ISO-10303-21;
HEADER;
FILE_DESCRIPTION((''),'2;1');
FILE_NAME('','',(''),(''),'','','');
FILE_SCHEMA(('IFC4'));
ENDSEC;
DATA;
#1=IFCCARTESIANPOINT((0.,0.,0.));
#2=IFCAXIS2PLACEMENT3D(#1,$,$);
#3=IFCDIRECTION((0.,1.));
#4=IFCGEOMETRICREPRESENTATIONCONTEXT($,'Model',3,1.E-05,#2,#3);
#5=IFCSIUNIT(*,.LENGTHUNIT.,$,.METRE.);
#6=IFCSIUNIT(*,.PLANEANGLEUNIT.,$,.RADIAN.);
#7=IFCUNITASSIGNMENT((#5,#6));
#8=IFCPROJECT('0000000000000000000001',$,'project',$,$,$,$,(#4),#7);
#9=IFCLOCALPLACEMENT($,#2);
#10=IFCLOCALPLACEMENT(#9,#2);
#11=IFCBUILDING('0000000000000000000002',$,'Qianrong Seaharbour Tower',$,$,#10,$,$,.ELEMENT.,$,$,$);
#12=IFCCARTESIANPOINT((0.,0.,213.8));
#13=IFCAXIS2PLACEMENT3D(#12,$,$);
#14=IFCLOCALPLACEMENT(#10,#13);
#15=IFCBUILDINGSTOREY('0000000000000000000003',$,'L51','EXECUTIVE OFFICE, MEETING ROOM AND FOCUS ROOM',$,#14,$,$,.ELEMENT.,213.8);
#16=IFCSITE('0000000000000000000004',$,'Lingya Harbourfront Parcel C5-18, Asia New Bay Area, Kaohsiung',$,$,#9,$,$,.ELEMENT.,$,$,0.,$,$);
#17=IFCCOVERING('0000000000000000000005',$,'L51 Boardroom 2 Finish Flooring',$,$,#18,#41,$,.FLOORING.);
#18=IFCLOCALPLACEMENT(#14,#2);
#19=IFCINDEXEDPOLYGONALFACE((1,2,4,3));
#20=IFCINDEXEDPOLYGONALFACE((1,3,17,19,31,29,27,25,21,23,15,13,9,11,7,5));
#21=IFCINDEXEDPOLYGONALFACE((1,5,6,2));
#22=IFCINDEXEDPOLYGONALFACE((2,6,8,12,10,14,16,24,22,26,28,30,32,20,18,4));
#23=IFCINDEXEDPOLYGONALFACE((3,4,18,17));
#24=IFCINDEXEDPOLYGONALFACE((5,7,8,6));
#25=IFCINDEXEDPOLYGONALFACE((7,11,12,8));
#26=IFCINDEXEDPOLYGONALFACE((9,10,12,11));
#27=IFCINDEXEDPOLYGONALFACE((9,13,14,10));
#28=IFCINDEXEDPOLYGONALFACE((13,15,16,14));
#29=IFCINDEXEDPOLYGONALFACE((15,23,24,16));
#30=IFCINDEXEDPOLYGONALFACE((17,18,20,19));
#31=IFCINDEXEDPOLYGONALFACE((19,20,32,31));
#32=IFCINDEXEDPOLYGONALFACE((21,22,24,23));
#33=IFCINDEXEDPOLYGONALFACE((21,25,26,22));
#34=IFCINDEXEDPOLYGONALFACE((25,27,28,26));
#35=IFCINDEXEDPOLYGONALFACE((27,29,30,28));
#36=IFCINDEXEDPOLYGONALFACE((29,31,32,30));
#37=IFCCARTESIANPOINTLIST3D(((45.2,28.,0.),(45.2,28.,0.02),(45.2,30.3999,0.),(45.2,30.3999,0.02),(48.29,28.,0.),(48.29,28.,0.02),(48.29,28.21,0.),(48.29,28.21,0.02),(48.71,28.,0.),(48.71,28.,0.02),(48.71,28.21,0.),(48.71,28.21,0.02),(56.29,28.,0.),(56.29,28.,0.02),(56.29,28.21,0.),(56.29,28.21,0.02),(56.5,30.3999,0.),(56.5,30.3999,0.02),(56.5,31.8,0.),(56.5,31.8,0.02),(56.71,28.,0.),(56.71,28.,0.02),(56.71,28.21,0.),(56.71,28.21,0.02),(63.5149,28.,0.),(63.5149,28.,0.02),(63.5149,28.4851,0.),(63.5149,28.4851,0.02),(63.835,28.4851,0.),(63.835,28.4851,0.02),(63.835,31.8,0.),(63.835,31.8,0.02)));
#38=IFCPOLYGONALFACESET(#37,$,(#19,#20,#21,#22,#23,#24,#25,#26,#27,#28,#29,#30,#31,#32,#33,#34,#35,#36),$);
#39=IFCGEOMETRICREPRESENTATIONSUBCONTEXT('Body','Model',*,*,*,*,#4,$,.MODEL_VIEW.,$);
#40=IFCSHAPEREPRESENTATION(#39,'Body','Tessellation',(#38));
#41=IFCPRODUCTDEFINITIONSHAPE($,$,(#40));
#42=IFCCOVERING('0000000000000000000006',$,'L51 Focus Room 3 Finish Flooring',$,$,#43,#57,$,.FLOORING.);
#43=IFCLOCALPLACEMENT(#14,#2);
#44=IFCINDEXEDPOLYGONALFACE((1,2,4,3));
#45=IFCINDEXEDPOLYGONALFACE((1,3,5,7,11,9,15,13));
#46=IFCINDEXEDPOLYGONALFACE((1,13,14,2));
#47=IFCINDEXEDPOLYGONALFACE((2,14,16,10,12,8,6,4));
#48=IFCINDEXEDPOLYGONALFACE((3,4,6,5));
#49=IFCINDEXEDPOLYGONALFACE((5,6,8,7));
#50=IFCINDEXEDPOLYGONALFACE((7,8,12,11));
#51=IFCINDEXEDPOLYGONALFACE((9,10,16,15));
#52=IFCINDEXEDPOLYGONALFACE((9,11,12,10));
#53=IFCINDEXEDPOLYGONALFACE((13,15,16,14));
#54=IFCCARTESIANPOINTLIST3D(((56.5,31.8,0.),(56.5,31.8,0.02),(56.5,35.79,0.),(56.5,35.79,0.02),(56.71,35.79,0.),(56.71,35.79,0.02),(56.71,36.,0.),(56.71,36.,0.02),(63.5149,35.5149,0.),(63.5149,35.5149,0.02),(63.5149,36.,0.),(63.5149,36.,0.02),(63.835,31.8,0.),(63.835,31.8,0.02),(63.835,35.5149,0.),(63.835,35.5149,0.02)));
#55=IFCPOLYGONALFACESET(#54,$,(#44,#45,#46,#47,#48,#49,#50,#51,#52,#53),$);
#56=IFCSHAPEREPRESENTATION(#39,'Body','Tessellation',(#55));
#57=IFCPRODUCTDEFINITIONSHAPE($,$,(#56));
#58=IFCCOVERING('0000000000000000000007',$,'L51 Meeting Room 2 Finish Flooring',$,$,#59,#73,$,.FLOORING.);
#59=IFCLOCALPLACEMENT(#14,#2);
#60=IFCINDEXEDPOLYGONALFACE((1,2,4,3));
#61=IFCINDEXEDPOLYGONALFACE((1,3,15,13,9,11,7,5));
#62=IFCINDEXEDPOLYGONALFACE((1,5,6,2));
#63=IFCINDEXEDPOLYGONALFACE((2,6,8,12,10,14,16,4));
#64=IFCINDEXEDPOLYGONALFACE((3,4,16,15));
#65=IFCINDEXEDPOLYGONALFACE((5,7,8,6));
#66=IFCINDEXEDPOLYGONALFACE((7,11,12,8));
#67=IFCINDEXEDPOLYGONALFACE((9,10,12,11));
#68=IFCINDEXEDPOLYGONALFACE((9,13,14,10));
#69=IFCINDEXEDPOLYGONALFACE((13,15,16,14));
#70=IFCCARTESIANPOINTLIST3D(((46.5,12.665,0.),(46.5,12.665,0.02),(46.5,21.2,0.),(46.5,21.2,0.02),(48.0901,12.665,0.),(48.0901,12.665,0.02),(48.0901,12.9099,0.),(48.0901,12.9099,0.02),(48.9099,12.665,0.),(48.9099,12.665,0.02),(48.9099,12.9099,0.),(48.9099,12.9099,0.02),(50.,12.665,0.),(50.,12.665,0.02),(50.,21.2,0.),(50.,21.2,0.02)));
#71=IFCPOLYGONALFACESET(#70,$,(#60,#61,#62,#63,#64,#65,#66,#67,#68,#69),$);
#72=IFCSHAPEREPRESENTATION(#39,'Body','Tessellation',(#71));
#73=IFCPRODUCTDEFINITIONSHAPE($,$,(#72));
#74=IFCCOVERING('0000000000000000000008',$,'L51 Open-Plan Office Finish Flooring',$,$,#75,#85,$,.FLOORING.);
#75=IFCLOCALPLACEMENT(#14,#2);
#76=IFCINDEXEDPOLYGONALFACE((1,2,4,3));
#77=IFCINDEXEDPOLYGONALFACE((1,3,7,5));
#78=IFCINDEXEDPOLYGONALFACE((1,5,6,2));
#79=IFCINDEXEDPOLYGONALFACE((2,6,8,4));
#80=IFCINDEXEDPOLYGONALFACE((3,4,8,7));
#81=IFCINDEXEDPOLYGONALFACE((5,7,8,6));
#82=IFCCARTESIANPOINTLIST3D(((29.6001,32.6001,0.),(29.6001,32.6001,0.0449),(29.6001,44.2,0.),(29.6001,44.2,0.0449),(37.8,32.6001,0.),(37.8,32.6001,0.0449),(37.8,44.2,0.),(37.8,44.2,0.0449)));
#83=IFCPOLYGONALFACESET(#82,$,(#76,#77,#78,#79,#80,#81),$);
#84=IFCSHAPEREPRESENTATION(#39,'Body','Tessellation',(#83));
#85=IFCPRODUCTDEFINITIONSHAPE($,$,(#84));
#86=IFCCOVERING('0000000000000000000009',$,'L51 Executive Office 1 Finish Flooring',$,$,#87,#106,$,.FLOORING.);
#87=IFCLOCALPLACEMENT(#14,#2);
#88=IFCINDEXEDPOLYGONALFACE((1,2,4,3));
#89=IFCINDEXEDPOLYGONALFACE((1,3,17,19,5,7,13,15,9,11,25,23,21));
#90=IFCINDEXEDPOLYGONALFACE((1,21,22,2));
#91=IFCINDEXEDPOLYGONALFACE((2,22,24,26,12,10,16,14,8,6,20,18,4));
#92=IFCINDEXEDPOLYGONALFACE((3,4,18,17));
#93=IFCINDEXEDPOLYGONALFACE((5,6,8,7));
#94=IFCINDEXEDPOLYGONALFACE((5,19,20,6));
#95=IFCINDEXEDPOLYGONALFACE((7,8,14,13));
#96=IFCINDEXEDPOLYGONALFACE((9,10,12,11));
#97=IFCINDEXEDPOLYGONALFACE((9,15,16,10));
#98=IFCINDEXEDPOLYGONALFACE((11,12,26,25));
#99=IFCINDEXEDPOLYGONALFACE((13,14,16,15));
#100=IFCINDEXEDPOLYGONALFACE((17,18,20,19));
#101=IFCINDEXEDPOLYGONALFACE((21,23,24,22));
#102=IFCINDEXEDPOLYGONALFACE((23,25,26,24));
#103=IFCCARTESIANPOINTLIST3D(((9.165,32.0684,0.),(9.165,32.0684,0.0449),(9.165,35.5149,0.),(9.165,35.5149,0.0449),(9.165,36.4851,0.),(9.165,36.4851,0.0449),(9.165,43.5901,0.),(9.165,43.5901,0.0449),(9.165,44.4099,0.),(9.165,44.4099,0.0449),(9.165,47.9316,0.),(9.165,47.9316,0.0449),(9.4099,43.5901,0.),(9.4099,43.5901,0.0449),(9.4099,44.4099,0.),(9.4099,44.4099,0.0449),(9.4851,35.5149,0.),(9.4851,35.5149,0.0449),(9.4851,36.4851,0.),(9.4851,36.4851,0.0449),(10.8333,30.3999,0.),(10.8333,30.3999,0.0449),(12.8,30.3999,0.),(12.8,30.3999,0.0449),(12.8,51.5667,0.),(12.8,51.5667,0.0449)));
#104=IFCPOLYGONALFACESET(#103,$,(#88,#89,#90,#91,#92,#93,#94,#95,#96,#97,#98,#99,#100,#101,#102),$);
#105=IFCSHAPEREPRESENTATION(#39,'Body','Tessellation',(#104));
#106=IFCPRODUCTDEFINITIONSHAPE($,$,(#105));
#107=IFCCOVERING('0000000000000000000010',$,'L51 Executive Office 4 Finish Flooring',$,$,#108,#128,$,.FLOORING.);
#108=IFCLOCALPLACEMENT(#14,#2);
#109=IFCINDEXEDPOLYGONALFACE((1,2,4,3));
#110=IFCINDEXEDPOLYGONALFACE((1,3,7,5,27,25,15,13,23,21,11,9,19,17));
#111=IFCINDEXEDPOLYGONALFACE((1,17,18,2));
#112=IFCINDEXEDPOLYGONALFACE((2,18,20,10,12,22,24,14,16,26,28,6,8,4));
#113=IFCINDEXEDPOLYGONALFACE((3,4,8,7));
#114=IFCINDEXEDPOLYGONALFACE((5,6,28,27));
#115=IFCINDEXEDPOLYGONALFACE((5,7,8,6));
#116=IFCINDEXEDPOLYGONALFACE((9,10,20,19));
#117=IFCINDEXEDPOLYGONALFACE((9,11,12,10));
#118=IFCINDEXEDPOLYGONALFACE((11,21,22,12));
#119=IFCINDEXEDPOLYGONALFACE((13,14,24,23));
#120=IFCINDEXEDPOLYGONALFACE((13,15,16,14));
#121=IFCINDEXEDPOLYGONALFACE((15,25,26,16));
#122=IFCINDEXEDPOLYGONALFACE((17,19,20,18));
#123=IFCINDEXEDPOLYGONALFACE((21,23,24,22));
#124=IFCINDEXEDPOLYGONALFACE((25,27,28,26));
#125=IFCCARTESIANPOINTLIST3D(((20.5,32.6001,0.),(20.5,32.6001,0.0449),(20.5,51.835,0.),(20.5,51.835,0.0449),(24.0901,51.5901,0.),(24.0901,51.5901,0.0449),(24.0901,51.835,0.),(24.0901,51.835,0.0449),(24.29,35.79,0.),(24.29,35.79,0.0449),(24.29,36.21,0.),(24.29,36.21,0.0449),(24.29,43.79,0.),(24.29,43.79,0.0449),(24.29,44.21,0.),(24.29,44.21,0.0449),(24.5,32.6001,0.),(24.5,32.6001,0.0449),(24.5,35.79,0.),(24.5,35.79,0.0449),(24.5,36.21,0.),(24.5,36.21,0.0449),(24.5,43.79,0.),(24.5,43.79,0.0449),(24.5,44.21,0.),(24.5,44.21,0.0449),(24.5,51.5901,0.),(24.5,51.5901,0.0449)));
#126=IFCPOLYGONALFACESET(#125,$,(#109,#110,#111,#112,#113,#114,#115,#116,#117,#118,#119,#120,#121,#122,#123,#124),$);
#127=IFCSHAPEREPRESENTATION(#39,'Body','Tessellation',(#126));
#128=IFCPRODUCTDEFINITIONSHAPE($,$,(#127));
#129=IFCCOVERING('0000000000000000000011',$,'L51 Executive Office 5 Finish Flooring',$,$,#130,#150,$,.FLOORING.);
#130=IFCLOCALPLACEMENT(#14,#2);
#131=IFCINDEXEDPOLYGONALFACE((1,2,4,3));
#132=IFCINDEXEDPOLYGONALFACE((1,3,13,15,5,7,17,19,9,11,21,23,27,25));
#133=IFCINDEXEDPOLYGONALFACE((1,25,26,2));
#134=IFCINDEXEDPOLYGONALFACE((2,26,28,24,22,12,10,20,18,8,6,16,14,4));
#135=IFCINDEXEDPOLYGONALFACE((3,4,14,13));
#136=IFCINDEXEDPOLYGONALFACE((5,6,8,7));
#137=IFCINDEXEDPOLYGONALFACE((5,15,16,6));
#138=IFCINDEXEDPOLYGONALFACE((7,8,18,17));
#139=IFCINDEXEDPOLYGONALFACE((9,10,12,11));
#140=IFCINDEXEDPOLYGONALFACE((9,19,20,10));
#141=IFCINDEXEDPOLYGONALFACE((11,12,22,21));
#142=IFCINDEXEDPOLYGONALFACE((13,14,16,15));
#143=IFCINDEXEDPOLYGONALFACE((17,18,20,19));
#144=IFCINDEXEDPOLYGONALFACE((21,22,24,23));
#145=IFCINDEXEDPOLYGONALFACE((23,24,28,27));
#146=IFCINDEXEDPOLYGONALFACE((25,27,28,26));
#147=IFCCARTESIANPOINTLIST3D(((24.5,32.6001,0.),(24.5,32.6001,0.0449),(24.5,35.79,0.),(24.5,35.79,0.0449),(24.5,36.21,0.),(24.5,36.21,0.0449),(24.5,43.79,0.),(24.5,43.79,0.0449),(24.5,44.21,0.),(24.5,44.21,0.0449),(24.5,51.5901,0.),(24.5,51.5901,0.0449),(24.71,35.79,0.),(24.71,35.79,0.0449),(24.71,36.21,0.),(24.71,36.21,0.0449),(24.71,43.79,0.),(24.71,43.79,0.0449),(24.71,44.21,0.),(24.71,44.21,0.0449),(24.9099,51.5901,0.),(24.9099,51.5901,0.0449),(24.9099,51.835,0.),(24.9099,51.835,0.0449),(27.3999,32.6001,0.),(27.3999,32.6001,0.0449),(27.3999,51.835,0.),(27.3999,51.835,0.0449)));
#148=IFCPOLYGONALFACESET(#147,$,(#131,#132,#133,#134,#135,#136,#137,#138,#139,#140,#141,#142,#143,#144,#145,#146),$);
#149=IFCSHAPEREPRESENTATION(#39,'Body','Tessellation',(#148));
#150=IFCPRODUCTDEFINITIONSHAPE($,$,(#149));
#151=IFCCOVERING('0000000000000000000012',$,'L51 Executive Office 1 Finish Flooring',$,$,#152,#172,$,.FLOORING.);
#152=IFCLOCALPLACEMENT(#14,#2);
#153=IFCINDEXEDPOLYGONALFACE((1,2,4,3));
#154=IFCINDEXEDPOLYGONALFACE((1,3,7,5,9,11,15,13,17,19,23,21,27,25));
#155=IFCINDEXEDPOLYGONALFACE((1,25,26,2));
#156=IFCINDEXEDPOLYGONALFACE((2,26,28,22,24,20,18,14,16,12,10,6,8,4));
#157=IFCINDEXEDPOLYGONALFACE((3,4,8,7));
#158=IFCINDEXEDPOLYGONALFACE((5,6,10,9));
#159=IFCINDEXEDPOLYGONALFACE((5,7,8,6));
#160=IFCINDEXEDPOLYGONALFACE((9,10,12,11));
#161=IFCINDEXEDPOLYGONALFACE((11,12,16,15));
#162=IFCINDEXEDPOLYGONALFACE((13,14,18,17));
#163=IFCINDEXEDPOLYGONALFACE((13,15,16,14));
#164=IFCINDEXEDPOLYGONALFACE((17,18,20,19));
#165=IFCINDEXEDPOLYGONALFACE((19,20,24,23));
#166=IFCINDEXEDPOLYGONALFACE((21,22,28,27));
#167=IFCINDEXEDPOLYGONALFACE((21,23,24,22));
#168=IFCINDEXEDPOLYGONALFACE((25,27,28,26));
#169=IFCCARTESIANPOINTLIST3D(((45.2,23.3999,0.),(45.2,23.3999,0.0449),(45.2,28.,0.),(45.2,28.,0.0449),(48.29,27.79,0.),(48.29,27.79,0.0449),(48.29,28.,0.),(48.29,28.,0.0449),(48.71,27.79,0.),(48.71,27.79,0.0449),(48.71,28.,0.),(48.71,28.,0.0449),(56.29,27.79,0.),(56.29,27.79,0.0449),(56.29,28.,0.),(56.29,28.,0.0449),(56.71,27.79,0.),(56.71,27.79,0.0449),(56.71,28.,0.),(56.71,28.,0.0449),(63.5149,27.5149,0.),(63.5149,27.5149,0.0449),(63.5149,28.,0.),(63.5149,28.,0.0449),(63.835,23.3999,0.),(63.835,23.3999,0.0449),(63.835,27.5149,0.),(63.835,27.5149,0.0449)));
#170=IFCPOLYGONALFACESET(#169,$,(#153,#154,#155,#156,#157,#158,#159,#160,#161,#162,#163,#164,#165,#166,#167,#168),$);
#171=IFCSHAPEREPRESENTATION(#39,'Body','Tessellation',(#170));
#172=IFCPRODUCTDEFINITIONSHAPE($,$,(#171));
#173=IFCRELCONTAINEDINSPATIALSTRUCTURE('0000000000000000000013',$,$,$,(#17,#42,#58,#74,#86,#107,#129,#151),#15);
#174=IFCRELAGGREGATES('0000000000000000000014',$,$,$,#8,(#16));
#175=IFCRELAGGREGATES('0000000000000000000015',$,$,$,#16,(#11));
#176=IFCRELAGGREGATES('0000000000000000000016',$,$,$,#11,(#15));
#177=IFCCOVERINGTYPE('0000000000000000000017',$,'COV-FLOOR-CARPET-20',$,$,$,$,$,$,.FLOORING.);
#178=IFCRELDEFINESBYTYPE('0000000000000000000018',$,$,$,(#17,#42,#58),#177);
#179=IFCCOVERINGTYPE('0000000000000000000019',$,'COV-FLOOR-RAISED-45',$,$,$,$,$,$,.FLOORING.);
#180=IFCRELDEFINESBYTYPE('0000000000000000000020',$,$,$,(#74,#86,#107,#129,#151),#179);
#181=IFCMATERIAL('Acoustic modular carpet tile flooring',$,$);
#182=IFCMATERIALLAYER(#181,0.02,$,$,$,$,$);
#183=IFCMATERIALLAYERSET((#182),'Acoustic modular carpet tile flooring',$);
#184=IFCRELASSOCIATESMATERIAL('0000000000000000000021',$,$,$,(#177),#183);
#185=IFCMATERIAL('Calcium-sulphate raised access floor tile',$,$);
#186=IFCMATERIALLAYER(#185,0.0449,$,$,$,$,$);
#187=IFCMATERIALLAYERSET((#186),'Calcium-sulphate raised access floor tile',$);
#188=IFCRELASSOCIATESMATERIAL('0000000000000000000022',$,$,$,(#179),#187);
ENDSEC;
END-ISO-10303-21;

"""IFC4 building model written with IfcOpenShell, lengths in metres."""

from ifc_helpers import new_model, si_unit, direction, frame, origin, place, context, subcontext, project, spatial, polyline, outline, extrude, material, layer, layer_set, type_object, element, save


model = new_model("IFC4")

# Units and contexts
model_context = context("Model", 3, precision=1e-05, world=origin(), true_north=direction((0.0, 1.0)))
body_context = subcontext(model_context, "Body", "Model", "MODEL_VIEW")
ifc_project = project(units=[si_unit("LENGTHUNIT", "METRE"), si_unit("PLANEANGLEUNIT", "RADIAN")], contexts=[model_context])

# Site, building, storey
site_placement = place(None, origin())
site = spatial("IfcSite", under=ifc_project, at=site_placement, Name="Lingya Harbourfront Parcel C5-18, Asia New Bay Area, Kaohsiung", CompositionType="ELEMENT", RefElevation=0.0)
building_placement = place(site_placement, origin())
building = spatial("IfcBuilding", under=site, at=building_placement, Name="Qianrong Seaharbour Tower", CompositionType="ELEMENT")
storey_placement = place(building_placement, frame((0.0, 0.0, 213.8)))
storey = spatial("IfcBuildingStorey", under=building, at=storey_placement, Name="L51", Description="EXECUTIVE OFFICE, MEETING ROOM AND FOCUS ROOM", CompositionType="ELEMENT", Elevation=213.8)

# Coverings
ifc_material_1 = material(Name="Acoustic modular carpet tile flooring")
ifc_layer_1 = layer(ifc_material_1, 0.02)
ifc_layer_set_1 = layer_set([ifc_layer_1], Name="Acoustic modular carpet tile flooring")
covering_type_1 = type_object("IfcCoveringType", Name="COV-FLOOR-CARPET-20", PredefinedType="FLOORING", material=ifc_layer_set_1)
covering_1_placement = place(storey_placement, origin())
element("IfcCovering", 1, at=covering_1_placement, inside=storey, type_object=covering_type_1, Name="L51 Boardroom 2 Finish Flooring", PredefinedType="FLOORING", context=body_context, shape_type="SweptSolid", body=[
    extrude(outline(polyline([(56.5, 30.3999), (56.5, 31.8), (63.835, 31.8), (63.835, 28.4851), (63.5149, 28.4851), (63.5149, 28.0), (56.71, 28.0), (56.71, 28.21), (56.29, 28.21), (56.29, 28.0), (48.71, 28.0), (48.71, 28.21), (48.29, 28.21), (48.29, 28.0), (45.2, 28.0), (45.2, 30.3999), (56.5, 30.3999)])), origin(), (0.0, 0.0, 1.0), 0.02),
])
covering_2_placement = place(storey_placement, origin())
element("IfcCovering", 2, at=covering_2_placement, inside=storey, type_object=covering_type_1, Name="L51 Focus Room 3 Finish Flooring", PredefinedType="FLOORING", context=body_context, shape_type="SweptSolid", body=[
    extrude(outline(polyline([(63.835, 31.8), (56.5, 31.8), (56.5, 35.79), (56.71, 35.79), (56.71, 36.0), (63.5149, 36.0), (63.5149, 35.5149), (63.835, 35.5149), (63.835, 31.8)])), origin(), (0.0, 0.0, 1.0), 0.02),
])
covering_3_placement = place(storey_placement, origin())
element("IfcCovering", 3, at=covering_3_placement, inside=storey, type_object=covering_type_1, Name="L51 Meeting Room 2 Finish Flooring", PredefinedType="FLOORING", context=body_context, shape_type="SweptSolid", body=[
    extrude(outline(polyline([(48.9099, 12.665), (48.9099, 12.9099), (48.0901, 12.9099), (48.0901, 12.665), (46.5, 12.665), (46.5, 21.2), (50.0, 21.2), (50.0, 12.665), (48.9099, 12.665)])), origin(), (0.0, 0.0, 1.0), 0.02),
])
ifc_material_2 = material(Name="Calcium-sulphate raised access floor tile")
ifc_layer_2 = layer(ifc_material_2, 0.0449)
ifc_layer_set_2 = layer_set([ifc_layer_2], Name="Calcium-sulphate raised access floor tile")
covering_type_2 = type_object("IfcCoveringType", Name="COV-FLOOR-RAISED-45", PredefinedType="FLOORING", material=ifc_layer_set_2)
covering_4_placement = place(storey_placement, origin())
element("IfcCovering", 4, at=covering_4_placement, inside=storey, type_object=covering_type_2, Name="L51 Open-Plan Office Finish Flooring", PredefinedType="FLOORING", context=body_context, shape_type="SweptSolid", body=[
    extrude(outline(polyline([(29.6001, 44.2), (37.8, 44.2), (37.8, 32.6001), (29.6001, 32.6001), (29.6001, 44.2)])), origin(), (0.0, 0.0, 1.0), 0.0449),
])
covering_5_placement = place(storey_placement, origin())
element("IfcCovering", 5, at=covering_5_placement, inside=storey, type_object=covering_type_2, Name="L51 Executive Office 1 Finish Flooring", PredefinedType="FLOORING", context=body_context, shape_type="SweptSolid", body=[
    extrude(outline(polyline([(9.165, 32.0684), (9.165, 35.5149), (9.4851, 35.5149), (9.4851, 36.4851), (9.165, 36.4851), (9.165, 43.5901), (9.4099, 43.5901), (9.4099, 44.4099), (9.165, 44.4099), (9.165, 47.9316), (12.8, 51.5667), (12.8, 30.3999), (10.8333, 30.3999), (9.165, 32.0684)])), origin(), (0.0, 0.0, 1.0), 0.0449),
])
covering_6_placement = place(storey_placement, origin())
element("IfcCovering", 6, at=covering_6_placement, inside=storey, type_object=covering_type_2, Name="L51 Executive Office 4 Finish Flooring", PredefinedType="FLOORING", context=body_context, shape_type="SweptSolid", body=[
    extrude(outline(polyline([(24.0901, 51.835), (24.0901, 51.5901), (24.5, 51.5901), (24.5, 44.21), (24.29, 44.21), (24.29, 43.79), (24.5, 43.79), (24.5, 36.21), (24.29, 36.21), (24.29, 35.79), (24.5, 35.79), (24.5, 32.6001), (20.5, 32.6001), (20.5, 51.835), (24.0901, 51.835)])), origin(), (0.0, 0.0, 1.0), 0.0449),
])
covering_7_placement = place(storey_placement, origin())
element("IfcCovering", 7, at=covering_7_placement, inside=storey, type_object=covering_type_2, Name="L51 Executive Office 5 Finish Flooring", PredefinedType="FLOORING", context=body_context, shape_type="SweptSolid", body=[
    extrude(outline(polyline([(27.3999, 51.835), (27.3999, 32.6001), (24.5, 32.6001), (24.5, 35.79), (24.71, 35.79), (24.71, 36.21), (24.5, 36.21), (24.5, 43.79), (24.71, 43.79), (24.71, 44.21), (24.5, 44.21), (24.5, 51.5901), (24.9099, 51.5901), (24.9099, 51.835), (27.3999, 51.835)])), origin(), (0.0, 0.0, 1.0), 0.0449),
])
covering_8_placement = place(storey_placement, origin())
element("IfcCovering", 8, at=covering_8_placement, inside=storey, type_object=covering_type_2, Name="L51 Executive Office 1 Finish Flooring", PredefinedType="FLOORING", context=body_context, shape_type="SweptSolid", body=[
    extrude(outline(polyline([(48.29, 28.0), (48.29, 27.79), (48.71, 27.79), (48.71, 28.0), (56.29, 28.0), (56.29, 27.79), (56.71, 27.79), (56.71, 28.0), (63.5149, 28.0), (63.5149, 27.5149), (63.835, 27.5149), (63.835, 23.3999), (45.2, 23.3999), (45.2, 28.0), (48.29, 28.0)])), origin(), (0.0, 0.0, 1.0), 0.0449),
])

save(model, "model.ifc")
